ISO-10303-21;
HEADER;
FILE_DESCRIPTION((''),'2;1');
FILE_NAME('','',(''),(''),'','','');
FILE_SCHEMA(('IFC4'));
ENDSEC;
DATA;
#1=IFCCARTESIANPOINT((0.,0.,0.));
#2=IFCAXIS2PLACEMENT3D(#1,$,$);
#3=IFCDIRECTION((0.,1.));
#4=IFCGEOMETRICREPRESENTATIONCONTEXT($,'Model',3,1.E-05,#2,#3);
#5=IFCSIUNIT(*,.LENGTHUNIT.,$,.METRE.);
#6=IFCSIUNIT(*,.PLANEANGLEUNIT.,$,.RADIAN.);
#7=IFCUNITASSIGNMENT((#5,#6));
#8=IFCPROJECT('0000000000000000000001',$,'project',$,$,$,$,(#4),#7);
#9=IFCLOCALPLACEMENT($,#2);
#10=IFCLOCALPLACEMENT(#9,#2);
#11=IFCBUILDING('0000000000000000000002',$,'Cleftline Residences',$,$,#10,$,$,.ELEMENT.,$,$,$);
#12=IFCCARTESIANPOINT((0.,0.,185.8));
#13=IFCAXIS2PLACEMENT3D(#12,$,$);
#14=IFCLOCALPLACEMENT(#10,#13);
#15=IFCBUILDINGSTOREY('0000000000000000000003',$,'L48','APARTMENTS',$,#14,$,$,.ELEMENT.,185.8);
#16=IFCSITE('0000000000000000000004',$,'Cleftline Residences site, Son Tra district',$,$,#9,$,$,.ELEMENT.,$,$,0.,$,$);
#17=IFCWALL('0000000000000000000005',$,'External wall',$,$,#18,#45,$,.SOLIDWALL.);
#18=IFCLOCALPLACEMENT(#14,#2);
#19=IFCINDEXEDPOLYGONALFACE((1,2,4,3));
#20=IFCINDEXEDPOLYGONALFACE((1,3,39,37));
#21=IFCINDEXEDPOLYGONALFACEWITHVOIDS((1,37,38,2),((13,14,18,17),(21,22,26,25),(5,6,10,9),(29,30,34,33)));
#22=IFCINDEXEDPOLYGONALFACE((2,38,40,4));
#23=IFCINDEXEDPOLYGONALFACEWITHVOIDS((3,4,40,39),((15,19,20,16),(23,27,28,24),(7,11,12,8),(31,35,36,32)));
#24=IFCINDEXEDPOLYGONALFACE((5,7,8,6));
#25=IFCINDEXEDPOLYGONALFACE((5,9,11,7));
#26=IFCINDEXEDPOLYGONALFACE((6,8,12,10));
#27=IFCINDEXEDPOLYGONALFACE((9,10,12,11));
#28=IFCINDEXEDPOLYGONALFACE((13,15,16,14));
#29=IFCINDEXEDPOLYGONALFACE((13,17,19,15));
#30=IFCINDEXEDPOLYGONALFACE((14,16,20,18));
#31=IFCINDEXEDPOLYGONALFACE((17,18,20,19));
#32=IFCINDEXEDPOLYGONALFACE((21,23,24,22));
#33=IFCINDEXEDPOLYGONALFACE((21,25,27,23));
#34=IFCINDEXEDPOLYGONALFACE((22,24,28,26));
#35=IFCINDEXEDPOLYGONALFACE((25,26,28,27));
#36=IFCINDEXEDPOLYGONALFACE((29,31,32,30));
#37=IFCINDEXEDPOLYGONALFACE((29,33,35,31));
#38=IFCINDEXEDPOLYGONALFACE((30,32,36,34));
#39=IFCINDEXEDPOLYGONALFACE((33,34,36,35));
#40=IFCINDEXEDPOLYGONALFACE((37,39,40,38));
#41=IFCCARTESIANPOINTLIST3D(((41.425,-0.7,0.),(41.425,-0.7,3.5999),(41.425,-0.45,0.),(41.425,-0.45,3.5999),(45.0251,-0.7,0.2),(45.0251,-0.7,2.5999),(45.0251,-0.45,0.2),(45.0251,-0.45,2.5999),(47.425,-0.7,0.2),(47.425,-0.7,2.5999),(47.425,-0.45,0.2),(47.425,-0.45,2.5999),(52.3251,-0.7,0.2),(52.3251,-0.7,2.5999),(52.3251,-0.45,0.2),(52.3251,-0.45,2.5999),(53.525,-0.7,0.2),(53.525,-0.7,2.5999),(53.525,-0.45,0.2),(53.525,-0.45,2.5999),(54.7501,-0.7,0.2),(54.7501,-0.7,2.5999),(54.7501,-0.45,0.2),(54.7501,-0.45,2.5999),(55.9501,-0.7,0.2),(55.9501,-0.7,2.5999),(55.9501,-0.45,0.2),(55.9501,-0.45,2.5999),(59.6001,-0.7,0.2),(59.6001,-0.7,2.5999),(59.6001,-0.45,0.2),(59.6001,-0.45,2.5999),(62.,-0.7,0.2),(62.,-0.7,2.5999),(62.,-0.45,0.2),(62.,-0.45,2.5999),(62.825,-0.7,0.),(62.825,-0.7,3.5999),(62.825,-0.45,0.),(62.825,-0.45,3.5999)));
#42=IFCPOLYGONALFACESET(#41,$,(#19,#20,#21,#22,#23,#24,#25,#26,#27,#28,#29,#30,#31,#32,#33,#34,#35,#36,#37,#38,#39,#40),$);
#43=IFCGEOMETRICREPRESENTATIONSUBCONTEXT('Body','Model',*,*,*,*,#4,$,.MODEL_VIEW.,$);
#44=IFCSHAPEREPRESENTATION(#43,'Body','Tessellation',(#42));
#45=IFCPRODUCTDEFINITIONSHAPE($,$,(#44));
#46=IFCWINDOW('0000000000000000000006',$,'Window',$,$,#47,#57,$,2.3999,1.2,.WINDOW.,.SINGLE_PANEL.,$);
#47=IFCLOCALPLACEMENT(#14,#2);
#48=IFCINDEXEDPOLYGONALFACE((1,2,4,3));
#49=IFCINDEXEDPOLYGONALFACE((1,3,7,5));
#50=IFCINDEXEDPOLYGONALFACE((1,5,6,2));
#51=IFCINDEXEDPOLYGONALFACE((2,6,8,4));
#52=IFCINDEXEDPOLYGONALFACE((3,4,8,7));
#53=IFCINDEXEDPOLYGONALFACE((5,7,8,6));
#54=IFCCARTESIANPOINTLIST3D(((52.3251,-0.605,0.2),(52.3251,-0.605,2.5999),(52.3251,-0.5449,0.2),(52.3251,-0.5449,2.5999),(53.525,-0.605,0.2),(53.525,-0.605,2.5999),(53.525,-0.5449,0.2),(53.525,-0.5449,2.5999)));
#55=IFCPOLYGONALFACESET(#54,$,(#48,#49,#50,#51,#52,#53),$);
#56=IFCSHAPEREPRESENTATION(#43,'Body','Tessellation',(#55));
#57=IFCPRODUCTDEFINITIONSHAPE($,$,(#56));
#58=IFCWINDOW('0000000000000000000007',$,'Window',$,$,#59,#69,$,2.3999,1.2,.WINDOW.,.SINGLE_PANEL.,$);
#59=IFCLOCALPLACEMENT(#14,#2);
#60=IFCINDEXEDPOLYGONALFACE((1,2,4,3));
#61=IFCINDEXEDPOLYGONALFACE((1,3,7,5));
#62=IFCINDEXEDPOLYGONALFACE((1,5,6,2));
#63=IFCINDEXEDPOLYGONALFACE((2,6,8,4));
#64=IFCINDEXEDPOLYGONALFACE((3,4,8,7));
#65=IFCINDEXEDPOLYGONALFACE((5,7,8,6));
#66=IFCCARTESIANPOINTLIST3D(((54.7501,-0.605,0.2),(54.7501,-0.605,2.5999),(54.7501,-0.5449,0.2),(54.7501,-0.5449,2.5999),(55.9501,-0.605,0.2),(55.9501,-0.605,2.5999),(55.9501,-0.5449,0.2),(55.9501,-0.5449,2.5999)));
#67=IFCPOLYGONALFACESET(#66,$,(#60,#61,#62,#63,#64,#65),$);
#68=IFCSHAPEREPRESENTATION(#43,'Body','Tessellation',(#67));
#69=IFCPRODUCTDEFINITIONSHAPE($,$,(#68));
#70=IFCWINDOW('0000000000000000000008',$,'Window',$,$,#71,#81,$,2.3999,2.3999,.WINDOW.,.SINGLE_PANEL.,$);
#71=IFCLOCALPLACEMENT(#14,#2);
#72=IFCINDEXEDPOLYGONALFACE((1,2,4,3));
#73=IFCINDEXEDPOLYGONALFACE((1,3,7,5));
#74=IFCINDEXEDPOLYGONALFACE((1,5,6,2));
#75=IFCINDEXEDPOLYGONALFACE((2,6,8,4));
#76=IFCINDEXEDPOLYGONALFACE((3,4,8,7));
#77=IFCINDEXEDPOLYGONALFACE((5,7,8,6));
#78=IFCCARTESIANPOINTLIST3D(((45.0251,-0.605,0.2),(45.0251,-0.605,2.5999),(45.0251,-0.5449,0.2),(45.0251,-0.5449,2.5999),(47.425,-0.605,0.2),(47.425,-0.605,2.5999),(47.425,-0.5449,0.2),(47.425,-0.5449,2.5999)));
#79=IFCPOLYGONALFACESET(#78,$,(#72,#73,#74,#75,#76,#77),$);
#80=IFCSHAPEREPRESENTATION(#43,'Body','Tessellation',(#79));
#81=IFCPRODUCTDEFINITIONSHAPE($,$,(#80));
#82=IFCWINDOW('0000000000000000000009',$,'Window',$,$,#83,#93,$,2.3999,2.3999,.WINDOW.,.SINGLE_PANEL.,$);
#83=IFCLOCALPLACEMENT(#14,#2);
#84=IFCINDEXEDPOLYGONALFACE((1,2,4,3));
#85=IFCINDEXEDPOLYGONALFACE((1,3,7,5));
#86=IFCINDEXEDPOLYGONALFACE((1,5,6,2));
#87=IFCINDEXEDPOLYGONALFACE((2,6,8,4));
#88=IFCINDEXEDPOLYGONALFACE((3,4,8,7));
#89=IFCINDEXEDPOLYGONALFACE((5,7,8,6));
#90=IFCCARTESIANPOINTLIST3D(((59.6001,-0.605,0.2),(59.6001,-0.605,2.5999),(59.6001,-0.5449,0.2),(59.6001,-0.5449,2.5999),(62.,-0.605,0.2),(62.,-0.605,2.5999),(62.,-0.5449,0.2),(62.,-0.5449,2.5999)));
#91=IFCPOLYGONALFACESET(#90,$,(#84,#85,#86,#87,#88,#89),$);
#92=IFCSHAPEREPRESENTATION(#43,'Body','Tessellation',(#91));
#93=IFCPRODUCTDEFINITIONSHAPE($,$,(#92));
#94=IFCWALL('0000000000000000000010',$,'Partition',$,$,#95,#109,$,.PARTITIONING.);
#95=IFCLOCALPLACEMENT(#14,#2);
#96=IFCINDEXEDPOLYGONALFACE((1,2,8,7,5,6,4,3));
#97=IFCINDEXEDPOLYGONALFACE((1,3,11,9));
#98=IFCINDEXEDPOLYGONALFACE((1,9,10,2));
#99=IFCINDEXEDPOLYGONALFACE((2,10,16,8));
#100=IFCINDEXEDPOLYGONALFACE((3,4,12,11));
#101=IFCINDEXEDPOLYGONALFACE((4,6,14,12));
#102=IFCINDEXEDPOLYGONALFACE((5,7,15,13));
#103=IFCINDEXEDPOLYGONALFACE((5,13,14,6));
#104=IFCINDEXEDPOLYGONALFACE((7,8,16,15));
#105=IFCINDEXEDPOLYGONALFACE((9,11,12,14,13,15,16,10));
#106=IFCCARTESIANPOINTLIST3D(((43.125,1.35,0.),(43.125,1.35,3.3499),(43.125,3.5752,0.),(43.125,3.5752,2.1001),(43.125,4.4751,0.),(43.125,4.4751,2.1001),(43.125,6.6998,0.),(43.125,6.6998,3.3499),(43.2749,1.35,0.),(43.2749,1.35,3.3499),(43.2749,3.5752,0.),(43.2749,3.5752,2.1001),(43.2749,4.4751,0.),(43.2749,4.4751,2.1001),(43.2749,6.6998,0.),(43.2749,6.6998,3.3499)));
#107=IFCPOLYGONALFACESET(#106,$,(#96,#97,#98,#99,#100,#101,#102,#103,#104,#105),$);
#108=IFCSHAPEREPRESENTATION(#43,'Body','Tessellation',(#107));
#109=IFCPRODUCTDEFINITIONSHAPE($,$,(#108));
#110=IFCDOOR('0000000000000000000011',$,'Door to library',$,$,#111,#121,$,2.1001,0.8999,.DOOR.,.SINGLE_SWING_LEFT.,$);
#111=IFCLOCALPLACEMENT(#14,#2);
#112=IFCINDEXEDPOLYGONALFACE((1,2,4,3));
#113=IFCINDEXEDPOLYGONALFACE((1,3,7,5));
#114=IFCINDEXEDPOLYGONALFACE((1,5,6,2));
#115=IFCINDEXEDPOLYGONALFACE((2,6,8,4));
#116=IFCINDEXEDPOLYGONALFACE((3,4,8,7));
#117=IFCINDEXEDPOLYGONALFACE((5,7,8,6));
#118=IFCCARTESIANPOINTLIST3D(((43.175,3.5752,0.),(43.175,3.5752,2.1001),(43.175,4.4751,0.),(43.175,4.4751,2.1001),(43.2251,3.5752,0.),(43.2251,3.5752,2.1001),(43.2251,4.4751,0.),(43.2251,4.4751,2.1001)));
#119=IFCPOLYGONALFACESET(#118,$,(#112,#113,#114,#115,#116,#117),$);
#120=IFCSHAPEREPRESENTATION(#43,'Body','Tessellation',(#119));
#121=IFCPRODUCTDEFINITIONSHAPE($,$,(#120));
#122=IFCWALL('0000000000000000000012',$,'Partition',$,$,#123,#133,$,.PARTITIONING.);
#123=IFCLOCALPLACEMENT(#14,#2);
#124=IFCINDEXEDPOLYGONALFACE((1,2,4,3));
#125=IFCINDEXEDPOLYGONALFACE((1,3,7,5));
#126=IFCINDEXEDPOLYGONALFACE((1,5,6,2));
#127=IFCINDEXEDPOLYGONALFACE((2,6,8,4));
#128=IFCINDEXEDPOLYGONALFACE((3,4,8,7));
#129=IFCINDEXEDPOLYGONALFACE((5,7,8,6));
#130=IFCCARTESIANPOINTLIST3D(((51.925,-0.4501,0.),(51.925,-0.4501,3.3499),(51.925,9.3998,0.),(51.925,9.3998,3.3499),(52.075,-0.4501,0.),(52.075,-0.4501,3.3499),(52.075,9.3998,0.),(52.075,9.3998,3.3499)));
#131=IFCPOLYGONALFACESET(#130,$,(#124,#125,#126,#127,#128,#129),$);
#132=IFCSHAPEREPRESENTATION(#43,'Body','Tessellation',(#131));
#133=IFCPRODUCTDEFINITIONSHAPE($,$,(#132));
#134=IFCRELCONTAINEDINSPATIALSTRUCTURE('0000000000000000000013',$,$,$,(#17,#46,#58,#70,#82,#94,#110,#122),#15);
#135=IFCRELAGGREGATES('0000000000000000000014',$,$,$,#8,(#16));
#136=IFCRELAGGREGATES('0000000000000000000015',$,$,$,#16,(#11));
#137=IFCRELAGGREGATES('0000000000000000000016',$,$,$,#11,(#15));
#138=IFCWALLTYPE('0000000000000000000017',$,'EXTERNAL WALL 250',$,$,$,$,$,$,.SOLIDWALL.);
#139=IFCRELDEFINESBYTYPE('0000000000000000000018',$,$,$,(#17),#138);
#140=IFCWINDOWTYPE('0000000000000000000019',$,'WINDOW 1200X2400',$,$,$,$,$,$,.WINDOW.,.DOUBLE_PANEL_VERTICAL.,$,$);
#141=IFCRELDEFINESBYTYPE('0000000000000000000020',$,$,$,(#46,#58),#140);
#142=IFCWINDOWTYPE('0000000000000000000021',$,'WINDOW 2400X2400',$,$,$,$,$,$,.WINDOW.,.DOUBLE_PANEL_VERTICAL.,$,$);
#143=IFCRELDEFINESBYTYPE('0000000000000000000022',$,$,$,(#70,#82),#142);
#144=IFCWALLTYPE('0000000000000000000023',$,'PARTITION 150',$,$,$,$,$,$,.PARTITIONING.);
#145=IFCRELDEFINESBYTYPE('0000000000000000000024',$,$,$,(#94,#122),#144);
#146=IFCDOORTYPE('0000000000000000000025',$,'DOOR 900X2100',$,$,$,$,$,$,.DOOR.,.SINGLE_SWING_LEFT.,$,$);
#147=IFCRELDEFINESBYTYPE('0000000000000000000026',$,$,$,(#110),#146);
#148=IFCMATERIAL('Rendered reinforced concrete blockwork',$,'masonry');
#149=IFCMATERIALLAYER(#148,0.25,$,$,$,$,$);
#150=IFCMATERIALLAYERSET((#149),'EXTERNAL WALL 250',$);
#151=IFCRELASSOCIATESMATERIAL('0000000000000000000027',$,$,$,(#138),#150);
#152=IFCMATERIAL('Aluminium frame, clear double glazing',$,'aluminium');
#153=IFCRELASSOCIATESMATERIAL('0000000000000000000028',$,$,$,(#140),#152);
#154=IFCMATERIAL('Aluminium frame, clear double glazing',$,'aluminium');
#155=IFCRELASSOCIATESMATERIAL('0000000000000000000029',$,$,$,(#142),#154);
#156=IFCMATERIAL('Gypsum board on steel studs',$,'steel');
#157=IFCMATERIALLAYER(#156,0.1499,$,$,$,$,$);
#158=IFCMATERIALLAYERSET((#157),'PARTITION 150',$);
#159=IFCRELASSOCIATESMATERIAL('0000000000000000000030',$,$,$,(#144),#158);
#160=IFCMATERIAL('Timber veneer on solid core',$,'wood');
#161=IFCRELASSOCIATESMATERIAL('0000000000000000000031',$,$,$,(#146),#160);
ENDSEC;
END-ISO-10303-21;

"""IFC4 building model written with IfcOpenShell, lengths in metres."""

from ifc_helpers import new_model, si_unit, direction, frame, frame_2d, origin, place, context, subcontext, project, spatial, rectangle, extrude, material, layer, layer_set, type_object, element, fill, save


model = new_model("IFC4")

# Units and contexts
model_context = context("Model", 3, precision=1e-05, world=origin(), true_north=direction((0.0, 1.0)))
body_context = subcontext(model_context, "Body", "Model", "MODEL_VIEW")
ifc_project = project(units=[si_unit("LENGTHUNIT", "METRE"), si_unit("PLANEANGLEUNIT", "RADIAN")], contexts=[model_context])

# Site, building, storey
site_placement = place(None, origin())
site = spatial("IfcSite", under=ifc_project, at=site_placement, Name="Cleftline Residences site, Son Tra district", CompositionType="ELEMENT", RefElevation=0.0)
building_placement = place(site_placement, origin())
building = spatial("IfcBuilding", under=site, at=building_placement, Name="Cleftline Residences", CompositionType="ELEMENT")
storey_placement = place(building_placement, frame((0.0, 0.0, 185.8)))
storey = spatial("IfcBuildingStorey", under=building, at=storey_placement, Name="L48", Description="APARTMENTS", CompositionType="ELEMENT", Elevation=185.8)

# Wall, openings, windows
ifc_material_1 = material(Name="Rendered reinforced concrete blockwork", Category="masonry")
ifc_layer_1 = layer(ifc_material_1, 0.25)
ifc_layer_set_1 = layer_set([ifc_layer_1], Name="EXTERNAL WALL 250")
wall_type_1 = type_object("IfcWallType", Name="EXTERNAL WALL 250", PredefinedType="SOLIDWALL", material=ifc_layer_set_1)
wall_1_placement = place(storey_placement, frame((41.425, -0.575, 0.0), z_axis=(0.0, 0.0, 1.0), x_axis=(1.0, 0.0, 0.0)))
wall_1 = element("IfcWall", 1, at=wall_1_placement, inside=storey, type_object=wall_type_1, Name="External wall", PredefinedType="SOLIDWALL", context=body_context, shape_type="SweptSolid", body=[
    extrude(rectangle(XDim=21.3999, YDim=0.25, at=frame_2d((10.7, 0.0))), origin(), (0.0, 0.0, 1.0), 3.5999),
])
opening_1_placement = place(wall_1_placement, frame((3.6001, 0.0, 0.2)))
opening_1 = element("IfcOpeningElement", 2, at=opening_1_placement, cuts=wall_1, PredefinedType="OPENING", context=body_context, shape_type="SweptSolid", body=[
    extrude(rectangle(XDim=2.3999, YDim=2.3999, at=frame_2d((1.2, 1.2))), frame((0.0, 0.135, 0.0), z_axis=(0.0, -1.0, 0.0), x_axis=(1.0, 0.0, 0.0)), (0.0, 0.0, 1.0), 0.27),
])
opening_2_placement = place(wall_1_placement, frame((10.8999, 0.0, 0.2)))
opening_2 = element("IfcOpeningElement", 3, at=opening_2_placement, cuts=wall_1, PredefinedType="OPENING", context=body_context, shape_type="SweptSolid", body=[
    extrude(rectangle(XDim=1.2, YDim=2.3999, at=frame_2d((0.6001, 1.2))), frame((0.0, 0.135, 0.0), z_axis=(0.0, -1.0, 0.0), x_axis=(1.0, 0.0, 0.0)), (0.0, 0.0, 1.0), 0.27),
])
opening_3_placement = place(wall_1_placement, frame((13.325, 0.0, 0.2)))
opening_3 = element("IfcOpeningElement", 4, at=opening_3_placement, cuts=wall_1, PredefinedType="OPENING", context=body_context, shape_type="SweptSolid", body=[
    extrude(rectangle(XDim=1.2, YDim=2.3999, at=frame_2d((0.6001, 1.2))), frame((0.0, 0.135, 0.0), z_axis=(0.0, -1.0, 0.0), x_axis=(1.0, 0.0, 0.0)), (0.0, 0.0, 1.0), 0.27),
])
opening_4_placement = place(wall_1_placement, frame((18.175, 0.0, 0.2)))
opening_4 = element("IfcOpeningElement", 5, at=opening_4_placement, cuts=wall_1, PredefinedType="OPENING", context=body_context, shape_type="SweptSolid", body=[
    extrude(rectangle(XDim=2.3999, YDim=2.3999, at=frame_2d((1.2, 1.2))), frame((0.0, 0.135, 0.0), z_axis=(0.0, -1.0, 0.0), x_axis=(1.0, 0.0, 0.0)), (0.0, 0.0, 1.0), 0.27),
])
ifc_material_2 = material(Name="Aluminium frame, clear double glazing", Category="aluminium")
window_type_1 = type_object("IfcWindowType", Name="WINDOW 1200X2400", PartitioningType="DOUBLE_PANEL_VERTICAL", PredefinedType="WINDOW", material=ifc_material_2)
window_1_placement = place(opening_2_placement, origin())
window_1 = element("IfcWindow", 6, at=window_1_placement, inside=storey, type_object=window_type_1, Name="Window", OverallHeight=2.3999, OverallWidth=1.2, PartitioningType="SINGLE_PANEL", PredefinedType="WINDOW", context=body_context, shape_type="SweptSolid", body=[
    extrude(rectangle(XDim=1.2, YDim=2.3999, at=frame_2d((0.6001, 1.2))), frame((0.0, 0.03, 0.0), z_axis=(0.0, -1.0, 0.0), x_axis=(1.0, 0.0, 0.0)), (0.0, 0.0, 1.0), 0.0601),
])
fill(opening_2, window_1)
window_2_placement = place(opening_3_placement, origin())
window_2 = element("IfcWindow", 7, at=window_2_placement, inside=storey, type_object=window_type_1, Name="Window", OverallHeight=2.3999, OverallWidth=1.2, PartitioningType="SINGLE_PANEL", PredefinedType="WINDOW", context=body_context, shape_type="SweptSolid", body=[
    extrude(rectangle(XDim=1.2, YDim=2.3999, at=frame_2d((0.6001, 1.2))), frame((0.0, 0.03, 0.0), z_axis=(0.0, -1.0, 0.0), x_axis=(1.0, 0.0, 0.0)), (0.0, 0.0, 1.0), 0.0601),
])
fill(opening_3, window_2)
ifc_material_3 = material(Name="Aluminium frame, clear double glazing", Category="aluminium")
window_type_2 = type_object("IfcWindowType", Name="WINDOW 2400X2400", PartitioningType="DOUBLE_PANEL_VERTICAL", PredefinedType="WINDOW", material=ifc_material_3)
window_3_placement = place(opening_1_placement, origin())
window_3 = element("IfcWindow", 8, at=window_3_placement, inside=storey, type_object=window_type_2, Name="Window", OverallHeight=2.3999, OverallWidth=2.3999, PartitioningType="SINGLE_PANEL", PredefinedType="WINDOW", context=body_context, shape_type="SweptSolid", body=[
    extrude(rectangle(XDim=2.3999, YDim=2.3999, at=frame_2d((1.2, 1.2))), frame((0.0, 0.03, 0.0), z_axis=(0.0, -1.0, 0.0), x_axis=(1.0, 0.0, 0.0)), (0.0, 0.0, 1.0), 0.0601),
])
fill(opening_1, window_3)
window_4_placement = place(opening_4_placement, origin())
window_4 = element("IfcWindow", 9, at=window_4_placement, inside=storey, type_object=window_type_2, Name="Window", OverallHeight=2.3999, OverallWidth=2.3999, PartitioningType="SINGLE_PANEL", PredefinedType="WINDOW", context=body_context, shape_type="SweptSolid", body=[
    extrude(rectangle(XDim=2.3999, YDim=2.3999, at=frame_2d((1.2, 1.2))), frame((0.0, 0.03, 0.0), z_axis=(0.0, -1.0, 0.0), x_axis=(1.0, 0.0, 0.0)), (0.0, 0.0, 1.0), 0.0601),
])
fill(opening_4, window_4)

# Wall, opening, door
ifc_material_4 = material(Name="Gypsum board on steel studs", Category="steel")
ifc_layer_2 = layer(ifc_material_4, 0.1499)
ifc_layer_set_2 = layer_set([ifc_layer_2], Name="PARTITION 150")
wall_type_2 = type_object("IfcWallType", Name="PARTITION 150", PredefinedType="PARTITIONING", material=ifc_layer_set_2)
wall_2_placement = place(storey_placement, frame((43.2, 1.3501, 0.0), z_axis=(0.0, 0.0, 1.0), x_axis=(0.0, 1.0, 0.0)))
wall_2 = element("IfcWall", 10, at=wall_2_placement, inside=storey, type_object=wall_type_2, Name="Partition", PredefinedType="PARTITIONING", context=body_context, shape_type="SweptSolid", body=[
    extrude(rectangle(XDim=5.3499, YDim=0.1499, at=frame_2d((2.6748, 0.0))), origin(), (0.0, 0.0, 1.0), 3.3499),
])
opening_5_placement = place(wall_2_placement, frame((2.2251, 0.0, 0.0)))
opening_5 = element("IfcOpeningElement", 11, at=opening_5_placement, cuts=wall_2, PredefinedType="OPENING", context=body_context, shape_type="SweptSolid", body=[
    extrude(rectangle(XDim=0.8999, YDim=2.1001, at=frame_2d((0.45, 1.05))), frame((0.0, 0.085, 0.0), z_axis=(0.0, -1.0, 0.0), x_axis=(1.0, 0.0, 0.0)), (0.0, 0.0, 1.0), 0.1699),
])
ifc_material_5 = material(Name="Timber veneer on solid core", Category="wood")
door_type = type_object("IfcDoorType", Name="DOOR 900X2100", OperationType="SINGLE_SWING_LEFT", PredefinedType="DOOR", material=ifc_material_5)
door_placement = place(opening_5_placement, origin())
door = element("IfcDoor", 12, at=door_placement, inside=storey, type_object=door_type, Name="Door to library", OperationType="SINGLE_SWING_LEFT", OverallHeight=2.1001, OverallWidth=0.8999, PredefinedType="DOOR", context=body_context, shape_type="SweptSolid", body=[
    extrude(rectangle(XDim=0.8999, YDim=2.1001, at=frame_2d((0.45, 1.05))), frame((0.0, 0.0249, 0.0), z_axis=(0.0, -1.0, 0.0), x_axis=(1.0, 0.0, 0.0)), (0.0, 0.0, 1.0), 0.05),
])
fill(opening_5, door)

# Wall
wall_3_placement = place(storey_placement, frame((52.0, -0.45, 0.0), z_axis=(0.0, 0.0, 1.0), x_axis=(0.0, 1.0, 0.0)))
element("IfcWall", 13, at=wall_3_placement, inside=storey, type_object=wall_type_2, Name="Partition", PredefinedType="PARTITIONING", context=body_context, shape_type="SweptSolid", body=[
    extrude(rectangle(XDim=9.8499, YDim=0.1499, at=frame_2d((4.9248, 0.0))), origin(), (0.0, 0.0, 1.0), 3.3499),
])

save(model, "model.ifc")
